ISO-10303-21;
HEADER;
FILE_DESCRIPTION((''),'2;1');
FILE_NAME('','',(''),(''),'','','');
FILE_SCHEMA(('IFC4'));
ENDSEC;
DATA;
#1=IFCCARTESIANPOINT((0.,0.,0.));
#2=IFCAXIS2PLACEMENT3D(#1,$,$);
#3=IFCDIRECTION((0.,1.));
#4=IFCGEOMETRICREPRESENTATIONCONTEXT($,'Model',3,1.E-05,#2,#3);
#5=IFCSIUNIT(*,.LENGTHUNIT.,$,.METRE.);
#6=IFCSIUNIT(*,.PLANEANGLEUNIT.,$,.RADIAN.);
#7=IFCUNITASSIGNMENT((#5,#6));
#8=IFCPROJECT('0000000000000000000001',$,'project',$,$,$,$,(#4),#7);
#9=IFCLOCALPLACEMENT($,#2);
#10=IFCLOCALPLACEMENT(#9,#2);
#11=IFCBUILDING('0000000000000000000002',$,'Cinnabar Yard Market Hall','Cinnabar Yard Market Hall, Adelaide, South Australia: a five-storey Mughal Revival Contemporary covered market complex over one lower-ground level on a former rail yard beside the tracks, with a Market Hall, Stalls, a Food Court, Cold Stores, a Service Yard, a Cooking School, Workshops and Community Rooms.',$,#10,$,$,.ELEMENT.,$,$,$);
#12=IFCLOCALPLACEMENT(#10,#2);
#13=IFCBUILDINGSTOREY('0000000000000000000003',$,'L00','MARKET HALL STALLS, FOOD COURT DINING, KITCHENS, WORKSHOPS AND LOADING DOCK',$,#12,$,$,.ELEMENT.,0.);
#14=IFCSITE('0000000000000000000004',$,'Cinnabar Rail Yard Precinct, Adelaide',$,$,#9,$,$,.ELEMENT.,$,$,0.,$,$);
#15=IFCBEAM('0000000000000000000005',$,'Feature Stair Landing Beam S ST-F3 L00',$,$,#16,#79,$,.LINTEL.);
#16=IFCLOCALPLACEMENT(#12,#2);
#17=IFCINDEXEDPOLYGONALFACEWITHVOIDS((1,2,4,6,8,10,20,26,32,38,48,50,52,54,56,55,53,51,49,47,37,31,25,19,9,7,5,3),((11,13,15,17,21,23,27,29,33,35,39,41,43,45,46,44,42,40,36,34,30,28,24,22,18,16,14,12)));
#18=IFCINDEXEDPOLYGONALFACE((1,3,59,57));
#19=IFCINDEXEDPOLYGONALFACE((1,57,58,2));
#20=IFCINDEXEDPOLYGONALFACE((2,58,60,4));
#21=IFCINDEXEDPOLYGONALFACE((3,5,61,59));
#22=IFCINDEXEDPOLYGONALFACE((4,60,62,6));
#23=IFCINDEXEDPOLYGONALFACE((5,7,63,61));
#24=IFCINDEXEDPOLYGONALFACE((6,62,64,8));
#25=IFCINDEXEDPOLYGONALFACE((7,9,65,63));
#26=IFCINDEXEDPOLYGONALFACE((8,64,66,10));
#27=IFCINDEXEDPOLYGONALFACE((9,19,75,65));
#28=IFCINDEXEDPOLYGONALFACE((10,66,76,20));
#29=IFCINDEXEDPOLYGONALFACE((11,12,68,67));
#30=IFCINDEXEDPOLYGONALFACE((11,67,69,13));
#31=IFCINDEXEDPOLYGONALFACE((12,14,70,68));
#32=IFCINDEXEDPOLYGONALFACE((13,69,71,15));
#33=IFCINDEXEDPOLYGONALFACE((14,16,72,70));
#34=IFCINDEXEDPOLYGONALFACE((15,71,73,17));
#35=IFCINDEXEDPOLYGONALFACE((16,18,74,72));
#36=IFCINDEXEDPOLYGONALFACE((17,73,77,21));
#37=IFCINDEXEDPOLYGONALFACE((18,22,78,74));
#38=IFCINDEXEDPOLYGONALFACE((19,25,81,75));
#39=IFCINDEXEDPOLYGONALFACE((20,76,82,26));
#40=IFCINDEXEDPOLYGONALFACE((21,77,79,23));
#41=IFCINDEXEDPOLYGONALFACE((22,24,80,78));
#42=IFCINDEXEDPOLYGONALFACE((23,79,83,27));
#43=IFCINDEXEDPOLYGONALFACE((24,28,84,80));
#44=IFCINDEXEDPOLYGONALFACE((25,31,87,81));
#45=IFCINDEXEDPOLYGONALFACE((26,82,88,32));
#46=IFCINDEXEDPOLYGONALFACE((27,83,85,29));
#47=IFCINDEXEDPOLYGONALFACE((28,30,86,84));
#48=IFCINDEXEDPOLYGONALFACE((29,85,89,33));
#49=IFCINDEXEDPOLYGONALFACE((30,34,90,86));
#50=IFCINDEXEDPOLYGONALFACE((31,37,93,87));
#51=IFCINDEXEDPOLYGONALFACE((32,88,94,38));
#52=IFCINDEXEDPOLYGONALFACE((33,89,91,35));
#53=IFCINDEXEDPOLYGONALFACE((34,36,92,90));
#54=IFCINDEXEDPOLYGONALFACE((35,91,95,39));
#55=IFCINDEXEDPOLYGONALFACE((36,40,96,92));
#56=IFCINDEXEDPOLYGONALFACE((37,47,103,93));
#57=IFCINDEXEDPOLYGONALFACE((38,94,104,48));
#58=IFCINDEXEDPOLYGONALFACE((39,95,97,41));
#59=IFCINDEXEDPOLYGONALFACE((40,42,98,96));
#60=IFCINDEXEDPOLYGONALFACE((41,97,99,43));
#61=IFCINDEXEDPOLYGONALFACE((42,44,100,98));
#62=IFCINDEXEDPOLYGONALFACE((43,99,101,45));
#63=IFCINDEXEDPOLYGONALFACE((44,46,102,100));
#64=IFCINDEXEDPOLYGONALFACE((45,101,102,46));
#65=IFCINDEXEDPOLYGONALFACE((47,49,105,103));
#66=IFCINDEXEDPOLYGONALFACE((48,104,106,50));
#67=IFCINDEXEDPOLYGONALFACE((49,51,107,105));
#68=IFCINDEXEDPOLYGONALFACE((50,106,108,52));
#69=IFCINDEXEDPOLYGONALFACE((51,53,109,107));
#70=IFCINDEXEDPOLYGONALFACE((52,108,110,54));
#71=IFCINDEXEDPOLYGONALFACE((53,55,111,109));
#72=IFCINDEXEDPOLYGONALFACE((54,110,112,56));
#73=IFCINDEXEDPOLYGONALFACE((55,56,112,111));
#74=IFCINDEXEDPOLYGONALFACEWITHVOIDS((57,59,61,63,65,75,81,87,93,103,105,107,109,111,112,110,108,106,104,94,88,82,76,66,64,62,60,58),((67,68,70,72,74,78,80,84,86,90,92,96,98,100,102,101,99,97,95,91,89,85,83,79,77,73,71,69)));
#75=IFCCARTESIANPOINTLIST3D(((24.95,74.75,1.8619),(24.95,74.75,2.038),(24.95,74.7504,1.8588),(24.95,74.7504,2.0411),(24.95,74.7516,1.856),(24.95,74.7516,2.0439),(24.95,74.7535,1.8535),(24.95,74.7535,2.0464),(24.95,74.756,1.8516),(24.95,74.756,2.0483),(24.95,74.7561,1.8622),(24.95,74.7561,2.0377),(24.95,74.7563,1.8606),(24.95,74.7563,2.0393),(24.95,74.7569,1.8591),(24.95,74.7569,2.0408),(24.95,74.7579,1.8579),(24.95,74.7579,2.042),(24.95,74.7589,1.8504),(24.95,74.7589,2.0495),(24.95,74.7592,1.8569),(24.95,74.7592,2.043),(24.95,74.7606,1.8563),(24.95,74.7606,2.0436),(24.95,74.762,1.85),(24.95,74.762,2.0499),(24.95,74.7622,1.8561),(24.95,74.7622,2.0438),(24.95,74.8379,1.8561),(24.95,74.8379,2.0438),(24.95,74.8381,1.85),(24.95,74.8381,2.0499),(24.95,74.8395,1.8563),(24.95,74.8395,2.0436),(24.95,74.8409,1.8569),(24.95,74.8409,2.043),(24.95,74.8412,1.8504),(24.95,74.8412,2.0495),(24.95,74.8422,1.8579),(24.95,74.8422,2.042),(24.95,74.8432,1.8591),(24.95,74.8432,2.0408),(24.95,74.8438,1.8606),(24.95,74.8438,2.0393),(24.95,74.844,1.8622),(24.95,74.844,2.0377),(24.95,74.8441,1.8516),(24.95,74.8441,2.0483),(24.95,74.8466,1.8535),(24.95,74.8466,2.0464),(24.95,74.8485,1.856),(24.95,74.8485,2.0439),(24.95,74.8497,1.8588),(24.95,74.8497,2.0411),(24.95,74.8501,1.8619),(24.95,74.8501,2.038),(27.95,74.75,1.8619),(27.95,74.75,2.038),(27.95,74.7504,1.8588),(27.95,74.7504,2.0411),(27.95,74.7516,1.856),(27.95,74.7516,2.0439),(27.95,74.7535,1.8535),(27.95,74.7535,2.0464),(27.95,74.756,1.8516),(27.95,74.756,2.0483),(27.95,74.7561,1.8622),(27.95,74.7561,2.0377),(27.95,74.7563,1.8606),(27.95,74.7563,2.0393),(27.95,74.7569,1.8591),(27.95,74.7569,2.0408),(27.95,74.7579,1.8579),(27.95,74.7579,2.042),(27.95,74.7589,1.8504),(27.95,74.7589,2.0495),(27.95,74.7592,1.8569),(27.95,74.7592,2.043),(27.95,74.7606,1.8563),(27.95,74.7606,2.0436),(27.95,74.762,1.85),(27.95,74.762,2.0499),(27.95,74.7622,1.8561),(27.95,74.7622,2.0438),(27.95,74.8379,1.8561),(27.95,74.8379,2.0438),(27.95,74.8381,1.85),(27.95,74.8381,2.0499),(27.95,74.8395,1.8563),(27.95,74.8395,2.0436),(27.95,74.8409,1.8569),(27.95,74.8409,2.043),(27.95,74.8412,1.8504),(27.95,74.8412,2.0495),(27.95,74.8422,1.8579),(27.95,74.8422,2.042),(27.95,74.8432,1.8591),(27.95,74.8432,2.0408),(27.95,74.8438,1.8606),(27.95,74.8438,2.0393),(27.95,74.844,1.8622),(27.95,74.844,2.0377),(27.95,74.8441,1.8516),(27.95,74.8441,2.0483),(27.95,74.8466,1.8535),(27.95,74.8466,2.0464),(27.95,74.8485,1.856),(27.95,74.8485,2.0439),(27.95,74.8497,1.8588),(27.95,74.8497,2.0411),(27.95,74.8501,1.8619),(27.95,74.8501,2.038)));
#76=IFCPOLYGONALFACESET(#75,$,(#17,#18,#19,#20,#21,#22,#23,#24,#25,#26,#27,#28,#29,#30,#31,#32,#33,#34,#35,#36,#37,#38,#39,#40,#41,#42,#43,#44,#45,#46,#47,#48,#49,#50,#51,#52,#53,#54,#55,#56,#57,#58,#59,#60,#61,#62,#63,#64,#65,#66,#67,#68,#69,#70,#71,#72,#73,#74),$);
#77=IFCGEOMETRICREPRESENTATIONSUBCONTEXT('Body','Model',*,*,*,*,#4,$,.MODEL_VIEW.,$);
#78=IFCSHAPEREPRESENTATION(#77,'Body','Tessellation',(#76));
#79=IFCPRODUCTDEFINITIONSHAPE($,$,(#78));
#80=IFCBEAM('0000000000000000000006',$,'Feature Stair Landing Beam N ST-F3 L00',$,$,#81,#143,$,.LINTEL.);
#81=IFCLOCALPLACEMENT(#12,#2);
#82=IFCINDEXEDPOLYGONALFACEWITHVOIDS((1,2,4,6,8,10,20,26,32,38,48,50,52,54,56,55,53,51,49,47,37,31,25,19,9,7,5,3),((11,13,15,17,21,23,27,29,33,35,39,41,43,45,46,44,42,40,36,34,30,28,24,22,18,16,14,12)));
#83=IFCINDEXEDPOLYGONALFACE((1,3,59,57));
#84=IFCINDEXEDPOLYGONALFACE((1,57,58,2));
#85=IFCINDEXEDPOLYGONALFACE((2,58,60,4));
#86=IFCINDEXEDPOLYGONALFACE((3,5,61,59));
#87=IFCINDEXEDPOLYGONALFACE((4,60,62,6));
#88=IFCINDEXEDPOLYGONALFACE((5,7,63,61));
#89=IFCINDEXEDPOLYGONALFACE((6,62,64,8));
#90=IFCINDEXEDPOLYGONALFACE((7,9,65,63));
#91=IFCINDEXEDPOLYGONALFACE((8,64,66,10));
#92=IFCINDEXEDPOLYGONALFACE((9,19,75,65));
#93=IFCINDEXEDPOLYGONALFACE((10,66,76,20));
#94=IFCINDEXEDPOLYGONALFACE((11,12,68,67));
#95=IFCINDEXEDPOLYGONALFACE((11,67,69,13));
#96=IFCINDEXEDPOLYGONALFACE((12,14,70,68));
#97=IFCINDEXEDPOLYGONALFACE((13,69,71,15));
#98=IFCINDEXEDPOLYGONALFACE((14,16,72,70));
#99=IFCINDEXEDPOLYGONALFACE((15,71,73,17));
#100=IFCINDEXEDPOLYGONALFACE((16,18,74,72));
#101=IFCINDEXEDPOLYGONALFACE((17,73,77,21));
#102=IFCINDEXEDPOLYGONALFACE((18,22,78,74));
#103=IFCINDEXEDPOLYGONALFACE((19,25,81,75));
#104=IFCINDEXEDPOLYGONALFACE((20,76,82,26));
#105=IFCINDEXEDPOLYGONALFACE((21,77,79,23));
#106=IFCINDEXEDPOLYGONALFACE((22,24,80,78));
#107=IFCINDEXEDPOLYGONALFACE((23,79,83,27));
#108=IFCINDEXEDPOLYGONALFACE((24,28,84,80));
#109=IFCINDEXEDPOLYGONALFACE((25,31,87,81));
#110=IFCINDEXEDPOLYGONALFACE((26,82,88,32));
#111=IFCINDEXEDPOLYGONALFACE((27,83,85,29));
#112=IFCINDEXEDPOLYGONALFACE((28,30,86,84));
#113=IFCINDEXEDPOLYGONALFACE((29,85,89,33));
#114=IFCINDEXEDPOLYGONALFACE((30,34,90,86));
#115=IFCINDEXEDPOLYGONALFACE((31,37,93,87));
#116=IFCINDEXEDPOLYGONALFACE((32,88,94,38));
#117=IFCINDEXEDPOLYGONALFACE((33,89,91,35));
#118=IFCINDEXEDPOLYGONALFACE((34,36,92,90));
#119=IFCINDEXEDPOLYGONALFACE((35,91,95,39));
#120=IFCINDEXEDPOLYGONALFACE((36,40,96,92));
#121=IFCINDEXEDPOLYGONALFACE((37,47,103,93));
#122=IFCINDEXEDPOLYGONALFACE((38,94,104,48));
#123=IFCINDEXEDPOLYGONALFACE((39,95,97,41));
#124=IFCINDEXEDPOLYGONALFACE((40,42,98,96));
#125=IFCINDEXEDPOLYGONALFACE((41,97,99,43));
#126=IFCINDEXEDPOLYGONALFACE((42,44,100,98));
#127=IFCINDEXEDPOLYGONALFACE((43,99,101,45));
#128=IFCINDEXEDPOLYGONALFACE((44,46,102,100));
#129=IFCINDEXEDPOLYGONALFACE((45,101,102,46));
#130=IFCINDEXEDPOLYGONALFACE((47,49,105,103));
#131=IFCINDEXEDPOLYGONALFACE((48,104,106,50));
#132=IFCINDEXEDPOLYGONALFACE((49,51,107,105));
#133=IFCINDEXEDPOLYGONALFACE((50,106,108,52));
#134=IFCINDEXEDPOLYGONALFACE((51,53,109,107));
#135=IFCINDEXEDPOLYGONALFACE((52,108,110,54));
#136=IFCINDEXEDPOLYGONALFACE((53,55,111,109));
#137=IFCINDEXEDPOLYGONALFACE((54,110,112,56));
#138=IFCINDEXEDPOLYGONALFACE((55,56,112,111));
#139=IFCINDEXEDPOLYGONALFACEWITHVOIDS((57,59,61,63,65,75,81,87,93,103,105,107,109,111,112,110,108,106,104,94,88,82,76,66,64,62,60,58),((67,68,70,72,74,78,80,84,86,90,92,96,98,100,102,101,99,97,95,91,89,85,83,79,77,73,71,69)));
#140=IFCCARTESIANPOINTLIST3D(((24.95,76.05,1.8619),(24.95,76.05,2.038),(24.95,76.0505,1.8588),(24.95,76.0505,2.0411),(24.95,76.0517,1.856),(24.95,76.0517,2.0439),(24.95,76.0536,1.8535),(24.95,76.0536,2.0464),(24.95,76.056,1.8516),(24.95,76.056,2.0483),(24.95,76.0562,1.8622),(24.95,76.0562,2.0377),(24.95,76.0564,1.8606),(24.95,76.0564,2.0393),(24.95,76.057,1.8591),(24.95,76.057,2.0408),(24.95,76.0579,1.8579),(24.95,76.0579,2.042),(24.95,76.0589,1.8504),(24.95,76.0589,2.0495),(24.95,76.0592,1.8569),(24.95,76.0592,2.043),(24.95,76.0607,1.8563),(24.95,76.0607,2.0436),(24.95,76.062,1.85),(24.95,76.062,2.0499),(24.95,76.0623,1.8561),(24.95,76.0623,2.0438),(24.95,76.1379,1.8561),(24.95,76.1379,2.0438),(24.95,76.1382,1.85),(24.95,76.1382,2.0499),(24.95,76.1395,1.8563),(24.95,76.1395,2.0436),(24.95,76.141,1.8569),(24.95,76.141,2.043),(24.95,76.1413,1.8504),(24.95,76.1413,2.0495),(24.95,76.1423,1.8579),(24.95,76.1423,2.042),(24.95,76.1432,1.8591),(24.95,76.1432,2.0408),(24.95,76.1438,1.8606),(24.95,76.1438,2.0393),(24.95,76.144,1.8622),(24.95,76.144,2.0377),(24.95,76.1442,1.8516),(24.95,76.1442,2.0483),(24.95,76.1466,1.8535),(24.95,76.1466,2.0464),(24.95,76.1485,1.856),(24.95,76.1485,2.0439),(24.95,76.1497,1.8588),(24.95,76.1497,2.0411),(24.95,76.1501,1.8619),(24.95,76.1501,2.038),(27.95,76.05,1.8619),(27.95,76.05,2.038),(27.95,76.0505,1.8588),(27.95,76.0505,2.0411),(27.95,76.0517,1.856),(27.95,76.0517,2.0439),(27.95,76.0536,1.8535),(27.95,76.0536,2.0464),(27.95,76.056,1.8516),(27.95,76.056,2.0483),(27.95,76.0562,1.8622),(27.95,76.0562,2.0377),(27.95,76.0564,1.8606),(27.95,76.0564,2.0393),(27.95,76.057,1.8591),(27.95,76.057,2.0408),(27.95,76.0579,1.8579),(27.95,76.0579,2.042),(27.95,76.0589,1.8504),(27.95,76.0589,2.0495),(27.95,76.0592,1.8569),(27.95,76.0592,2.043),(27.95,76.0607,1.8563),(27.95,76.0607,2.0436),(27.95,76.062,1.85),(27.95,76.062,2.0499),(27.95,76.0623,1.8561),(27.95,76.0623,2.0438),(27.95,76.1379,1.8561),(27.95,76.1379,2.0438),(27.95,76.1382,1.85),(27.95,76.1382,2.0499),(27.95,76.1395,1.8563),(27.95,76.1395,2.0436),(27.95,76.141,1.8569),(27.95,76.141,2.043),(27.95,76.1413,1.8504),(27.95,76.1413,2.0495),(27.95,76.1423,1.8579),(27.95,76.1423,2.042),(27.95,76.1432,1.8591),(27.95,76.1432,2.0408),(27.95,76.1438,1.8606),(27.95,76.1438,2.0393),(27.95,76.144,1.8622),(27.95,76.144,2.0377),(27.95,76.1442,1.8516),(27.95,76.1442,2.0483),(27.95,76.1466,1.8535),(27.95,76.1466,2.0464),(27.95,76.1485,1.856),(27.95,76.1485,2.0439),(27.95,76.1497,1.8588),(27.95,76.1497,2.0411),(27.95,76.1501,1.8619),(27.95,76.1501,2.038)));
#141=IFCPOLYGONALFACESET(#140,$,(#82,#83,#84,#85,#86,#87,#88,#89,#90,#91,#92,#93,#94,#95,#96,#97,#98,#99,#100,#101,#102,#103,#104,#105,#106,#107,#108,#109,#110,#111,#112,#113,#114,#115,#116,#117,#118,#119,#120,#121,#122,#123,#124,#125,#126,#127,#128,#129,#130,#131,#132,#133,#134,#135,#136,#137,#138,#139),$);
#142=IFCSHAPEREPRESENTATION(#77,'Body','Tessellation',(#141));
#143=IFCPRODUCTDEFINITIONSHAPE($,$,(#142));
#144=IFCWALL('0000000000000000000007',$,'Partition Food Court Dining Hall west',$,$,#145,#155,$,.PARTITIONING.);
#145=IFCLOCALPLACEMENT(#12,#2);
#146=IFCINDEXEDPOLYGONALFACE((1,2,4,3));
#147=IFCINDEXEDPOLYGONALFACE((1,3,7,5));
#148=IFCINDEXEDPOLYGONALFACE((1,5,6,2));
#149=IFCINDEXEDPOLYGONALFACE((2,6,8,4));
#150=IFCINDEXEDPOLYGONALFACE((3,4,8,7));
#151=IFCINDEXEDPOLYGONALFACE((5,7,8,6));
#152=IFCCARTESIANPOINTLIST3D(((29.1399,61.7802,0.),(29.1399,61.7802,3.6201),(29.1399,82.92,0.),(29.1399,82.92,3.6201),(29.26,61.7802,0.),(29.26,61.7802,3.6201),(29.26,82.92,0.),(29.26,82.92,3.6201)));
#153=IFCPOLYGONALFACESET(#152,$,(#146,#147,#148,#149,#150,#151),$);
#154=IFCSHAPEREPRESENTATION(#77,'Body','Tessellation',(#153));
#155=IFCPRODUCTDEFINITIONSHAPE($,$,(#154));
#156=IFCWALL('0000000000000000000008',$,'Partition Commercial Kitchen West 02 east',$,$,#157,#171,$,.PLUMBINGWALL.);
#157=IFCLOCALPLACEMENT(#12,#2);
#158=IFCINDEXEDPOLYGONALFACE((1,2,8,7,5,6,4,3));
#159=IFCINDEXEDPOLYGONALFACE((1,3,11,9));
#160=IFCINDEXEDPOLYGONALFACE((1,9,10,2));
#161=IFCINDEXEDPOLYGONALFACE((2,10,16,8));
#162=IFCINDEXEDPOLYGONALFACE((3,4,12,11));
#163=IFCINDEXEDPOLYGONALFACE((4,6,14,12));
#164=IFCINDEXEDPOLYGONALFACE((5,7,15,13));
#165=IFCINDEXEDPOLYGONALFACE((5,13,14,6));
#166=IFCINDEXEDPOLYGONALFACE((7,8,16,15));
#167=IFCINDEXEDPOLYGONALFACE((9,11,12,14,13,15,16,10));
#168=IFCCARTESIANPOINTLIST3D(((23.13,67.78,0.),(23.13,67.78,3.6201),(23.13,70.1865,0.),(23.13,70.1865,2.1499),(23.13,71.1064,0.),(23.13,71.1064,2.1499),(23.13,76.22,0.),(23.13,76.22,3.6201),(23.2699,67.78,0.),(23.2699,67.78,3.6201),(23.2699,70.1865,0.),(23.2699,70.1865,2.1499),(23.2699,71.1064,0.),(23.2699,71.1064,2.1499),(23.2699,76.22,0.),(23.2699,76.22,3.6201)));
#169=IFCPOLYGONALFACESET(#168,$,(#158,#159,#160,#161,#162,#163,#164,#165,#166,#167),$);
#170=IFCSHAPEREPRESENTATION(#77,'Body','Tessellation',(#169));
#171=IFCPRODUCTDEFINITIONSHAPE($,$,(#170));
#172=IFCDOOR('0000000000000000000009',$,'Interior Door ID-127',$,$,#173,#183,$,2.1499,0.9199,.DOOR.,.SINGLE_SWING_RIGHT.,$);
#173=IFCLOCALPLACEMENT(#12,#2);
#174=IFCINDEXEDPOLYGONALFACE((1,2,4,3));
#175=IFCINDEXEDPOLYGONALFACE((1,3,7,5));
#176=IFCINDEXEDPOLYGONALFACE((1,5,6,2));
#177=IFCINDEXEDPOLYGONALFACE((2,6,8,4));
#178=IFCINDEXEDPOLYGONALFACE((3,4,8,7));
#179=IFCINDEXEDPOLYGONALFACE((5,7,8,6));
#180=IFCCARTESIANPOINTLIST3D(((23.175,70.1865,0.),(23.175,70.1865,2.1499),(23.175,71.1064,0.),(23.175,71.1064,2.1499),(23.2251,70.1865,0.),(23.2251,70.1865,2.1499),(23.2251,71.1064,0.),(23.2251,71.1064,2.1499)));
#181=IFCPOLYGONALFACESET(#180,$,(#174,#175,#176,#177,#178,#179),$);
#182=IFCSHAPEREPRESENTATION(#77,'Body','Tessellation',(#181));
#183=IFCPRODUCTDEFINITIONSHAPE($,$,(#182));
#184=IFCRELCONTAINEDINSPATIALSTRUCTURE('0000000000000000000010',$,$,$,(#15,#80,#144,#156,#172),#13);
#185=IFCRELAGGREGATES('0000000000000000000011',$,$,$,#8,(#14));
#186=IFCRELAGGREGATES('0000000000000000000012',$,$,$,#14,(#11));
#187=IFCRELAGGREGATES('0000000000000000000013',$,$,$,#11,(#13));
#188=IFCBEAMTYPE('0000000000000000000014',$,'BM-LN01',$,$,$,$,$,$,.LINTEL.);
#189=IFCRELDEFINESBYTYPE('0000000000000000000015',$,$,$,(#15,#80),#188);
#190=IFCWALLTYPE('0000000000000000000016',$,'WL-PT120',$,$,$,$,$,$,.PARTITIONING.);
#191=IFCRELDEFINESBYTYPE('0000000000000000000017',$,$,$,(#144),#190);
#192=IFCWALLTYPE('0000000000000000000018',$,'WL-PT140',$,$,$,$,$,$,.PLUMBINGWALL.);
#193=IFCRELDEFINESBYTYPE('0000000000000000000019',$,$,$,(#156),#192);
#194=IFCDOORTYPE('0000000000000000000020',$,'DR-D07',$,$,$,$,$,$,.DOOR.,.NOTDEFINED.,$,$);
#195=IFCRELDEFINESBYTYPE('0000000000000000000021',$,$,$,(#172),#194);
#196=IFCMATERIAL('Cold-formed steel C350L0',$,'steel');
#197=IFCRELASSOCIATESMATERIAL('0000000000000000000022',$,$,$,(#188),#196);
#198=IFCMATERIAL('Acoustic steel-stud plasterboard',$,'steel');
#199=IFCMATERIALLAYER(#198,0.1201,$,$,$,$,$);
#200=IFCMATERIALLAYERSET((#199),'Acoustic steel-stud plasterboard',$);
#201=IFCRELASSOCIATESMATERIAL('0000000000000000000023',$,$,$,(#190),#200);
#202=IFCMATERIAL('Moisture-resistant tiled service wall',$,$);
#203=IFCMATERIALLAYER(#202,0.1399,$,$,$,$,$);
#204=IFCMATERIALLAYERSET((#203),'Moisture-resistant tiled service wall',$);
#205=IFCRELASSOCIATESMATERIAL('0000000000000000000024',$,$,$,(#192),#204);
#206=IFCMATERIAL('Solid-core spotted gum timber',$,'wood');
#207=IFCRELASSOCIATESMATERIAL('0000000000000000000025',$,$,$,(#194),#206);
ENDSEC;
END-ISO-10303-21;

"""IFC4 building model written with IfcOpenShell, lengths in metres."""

from ifc_helpers import new_model, si_unit, direction, frame, frame_2d, origin, origin_2d_with_axis, place, context, subcontext, project, spatial, rectangle, hollow_rectangle, extrude, material, layer, layer_set, material_profile, profile_set, type_object, element, fill, save


model = new_model("IFC4")

# Units and contexts
model_context = context("Model", 3, precision=1e-05, world=origin(), true_north=direction((0.0, 1.0)))
body_context = subcontext(model_context, "Body", "Model", "MODEL_VIEW")
ifc_project = project(units=[si_unit("LENGTHUNIT", "METRE"), si_unit("PLANEANGLEUNIT", "RADIAN")], contexts=[model_context])

# Site, building, storey
site_placement = place(None, origin())
site = spatial("IfcSite", under=ifc_project, at=site_placement, Name="Cinnabar Rail Yard Precinct, Adelaide", CompositionType="ELEMENT", RefElevation=0.0)
building_placement = place(site_placement, origin())
building = spatial("IfcBuilding", under=site, at=building_placement, Name="Cinnabar Yard Market Hall", Description="Cinnabar Yard Market Hall, Adelaide, South Australia: a five-storey Mughal Revival Contemporary covered market complex over one lower-ground level on a former rail yard beside the tracks, with a Market Hall, Stalls, a Food Court, Cold Stores, a Service Yard, a Cooking School, Workshops and Community Rooms.", CompositionType="ELEMENT")
storey_placement = place(building_placement, origin())
storey = spatial("IfcBuildingStorey", under=building, at=storey_placement, Name="L00", Description="MARKET HALL STALLS, FOOD COURT DINING, KITCHENS, WORKSHOPS AND LOADING DOCK", CompositionType="ELEMENT", Elevation=0.0)

# Shared definitions
ifc_material_1 = material(Name="Cold-formed steel C350L0", Category="steel")

# Beams
ifc_material_profile_1 = material_profile(ifc_material_1, hollow_rectangle(XDim=0.1001, YDim=0.2, WallThickness=0.0061, InnerFilletRadius=0.0061, OuterFilletRadius=0.012, at=origin_2d_with_axis()), Name="200x100x6.0RHS")
ifc_profile_set_1 = profile_set([ifc_material_profile_1], Name="Cold-formed steel C350L0")
beam_type_1 = type_object("IfcBeamType", Name="BM-LN01", PredefinedType="LINTEL", material=ifc_profile_set_1)
for number, where, z_axis, x_axis, name in (
    (1, (24.95, 74.8, 1.95), (1.0, 0.0, 0.0), (0.0, 1.0, 0.0), "Feature Stair Landing Beam S ST-F3 L00"),
    (2, (24.95, 76.1001, 1.95), (1.0, 0.0, 0.0), (0.0, 1.0, 0.0), "Feature Stair Landing Beam N ST-F3 L00"),
):
    element("IfcBeam", number, at=place(storey_placement, frame(where, z_axis=z_axis, x_axis=x_axis)), inside=storey, type_object=beam_type_1, Name=name, PredefinedType="LINTEL", context=body_context, shape_type="SweptSolid", body=[
        extrude(hollow_rectangle(XDim=0.1001, YDim=0.2, WallThickness=0.0061, InnerFilletRadius=0.0061, OuterFilletRadius=0.012, at=origin_2d_with_axis()), origin(), (0.0, 0.0, 1.0), 3.0),
    ])

# Wall
ifc_material_2 = material(Name="Acoustic steel-stud plasterboard", Category="steel")
ifc_layer_1 = layer(ifc_material_2, 0.1201)
ifc_layer_set_1 = layer_set([ifc_layer_1], Name="Acoustic steel-stud plasterboard")
wall_type_1 = type_object("IfcWallType", Name="WL-PT120", PredefinedType="PARTITIONING", material=ifc_layer_set_1)
wall_1_placement = place(storey_placement, frame((29.2, 82.9199, 0.0), z_axis=(0.0, 0.0, 1.0), x_axis=(0.0, -1.0, 0.0)))
element("IfcWall", 3, at=wall_1_placement, inside=storey, type_object=wall_type_1, Name="Partition Food Court Dining Hall west", PredefinedType="PARTITIONING", context=body_context, shape_type="SweptSolid", body=[
    extrude(rectangle(XDim=21.1399, YDim=0.1201, at=frame_2d((10.5698, 0.0), x_axis=(1.0, 0.0))), origin(), (0.0, 0.0, 1.0), 3.6201),
])

# Wall, opening, door
ifc_material_3 = material(Name="Moisture-resistant tiled service wall")
ifc_layer_2 = layer(ifc_material_3, 0.1399)
ifc_layer_set_2 = layer_set([ifc_layer_2], Name="Moisture-resistant tiled service wall")
wall_type_2 = type_object("IfcWallType", Name="WL-PT140", PredefinedType="PLUMBINGWALL", material=ifc_layer_set_2)
wall_2_placement = place(storey_placement, frame((23.2, 67.78, 0.0), z_axis=(0.0, 0.0, 1.0), x_axis=(0.0, 1.0, 0.0)))
wall_2 = element("IfcWall", 4, at=wall_2_placement, inside=storey, type_object=wall_type_2, Name="Partition Commercial Kitchen West 02 east", PredefinedType="PLUMBINGWALL", context=body_context, shape_type="SweptSolid", body=[
    extrude(rectangle(XDim=8.4399, YDim=0.1399, at=frame_2d((4.22, 0.0), x_axis=(1.0, 0.0))), origin(), (0.0, 0.0, 1.0), 3.6201),
])
opening_1_placement = place(wall_2_placement, frame((2.4065, 0.0, 0.0)))
opening_1 = element("IfcOpeningElement", 5, at=opening_1_placement, cuts=wall_2, PredefinedType="OPENING", context=body_context, shape_type="SweptSolid", body=[
    extrude(rectangle(XDim=0.9199, YDim=2.1499, at=frame_2d((0.46, 1.075), x_axis=(1.0, 0.0))), frame((0.0, 0.0798, 0.0), z_axis=(0.0, -1.0, 0.0), x_axis=(1.0, 0.0, 0.0)), (0.0, 0.0, 1.0), 0.1599),
])
ifc_material_4 = material(Name="Solid-core spotted gum timber", Category="wood")
door_type_1 = type_object("IfcDoorType", Name="DR-D07", OperationType="NOTDEFINED", PredefinedType="DOOR", material=ifc_material_4)
door_1_placement = place(opening_1_placement, origin())
door_1 = element("IfcDoor", 6, at=door_1_placement, inside=storey, type_object=door_type_1, Name="Interior Door ID-127", OperationType="SINGLE_SWING_RIGHT", OverallHeight=2.1499, OverallWidth=0.9199, PredefinedType="DOOR", context=body_context, shape_type="SweptSolid", body=[
    extrude(rectangle(XDim=0.9199, YDim=2.1499, at=frame_2d((0.46, 1.075), x_axis=(1.0, 0.0))), frame((0.0, 0.0249, 0.0), z_axis=(0.0, -1.0, 0.0), x_axis=(1.0, 0.0, 0.0)), (0.0, 0.0, 1.0), 0.05),
])
fill(opening_1, door_1)

save(model, "model.ifc")
